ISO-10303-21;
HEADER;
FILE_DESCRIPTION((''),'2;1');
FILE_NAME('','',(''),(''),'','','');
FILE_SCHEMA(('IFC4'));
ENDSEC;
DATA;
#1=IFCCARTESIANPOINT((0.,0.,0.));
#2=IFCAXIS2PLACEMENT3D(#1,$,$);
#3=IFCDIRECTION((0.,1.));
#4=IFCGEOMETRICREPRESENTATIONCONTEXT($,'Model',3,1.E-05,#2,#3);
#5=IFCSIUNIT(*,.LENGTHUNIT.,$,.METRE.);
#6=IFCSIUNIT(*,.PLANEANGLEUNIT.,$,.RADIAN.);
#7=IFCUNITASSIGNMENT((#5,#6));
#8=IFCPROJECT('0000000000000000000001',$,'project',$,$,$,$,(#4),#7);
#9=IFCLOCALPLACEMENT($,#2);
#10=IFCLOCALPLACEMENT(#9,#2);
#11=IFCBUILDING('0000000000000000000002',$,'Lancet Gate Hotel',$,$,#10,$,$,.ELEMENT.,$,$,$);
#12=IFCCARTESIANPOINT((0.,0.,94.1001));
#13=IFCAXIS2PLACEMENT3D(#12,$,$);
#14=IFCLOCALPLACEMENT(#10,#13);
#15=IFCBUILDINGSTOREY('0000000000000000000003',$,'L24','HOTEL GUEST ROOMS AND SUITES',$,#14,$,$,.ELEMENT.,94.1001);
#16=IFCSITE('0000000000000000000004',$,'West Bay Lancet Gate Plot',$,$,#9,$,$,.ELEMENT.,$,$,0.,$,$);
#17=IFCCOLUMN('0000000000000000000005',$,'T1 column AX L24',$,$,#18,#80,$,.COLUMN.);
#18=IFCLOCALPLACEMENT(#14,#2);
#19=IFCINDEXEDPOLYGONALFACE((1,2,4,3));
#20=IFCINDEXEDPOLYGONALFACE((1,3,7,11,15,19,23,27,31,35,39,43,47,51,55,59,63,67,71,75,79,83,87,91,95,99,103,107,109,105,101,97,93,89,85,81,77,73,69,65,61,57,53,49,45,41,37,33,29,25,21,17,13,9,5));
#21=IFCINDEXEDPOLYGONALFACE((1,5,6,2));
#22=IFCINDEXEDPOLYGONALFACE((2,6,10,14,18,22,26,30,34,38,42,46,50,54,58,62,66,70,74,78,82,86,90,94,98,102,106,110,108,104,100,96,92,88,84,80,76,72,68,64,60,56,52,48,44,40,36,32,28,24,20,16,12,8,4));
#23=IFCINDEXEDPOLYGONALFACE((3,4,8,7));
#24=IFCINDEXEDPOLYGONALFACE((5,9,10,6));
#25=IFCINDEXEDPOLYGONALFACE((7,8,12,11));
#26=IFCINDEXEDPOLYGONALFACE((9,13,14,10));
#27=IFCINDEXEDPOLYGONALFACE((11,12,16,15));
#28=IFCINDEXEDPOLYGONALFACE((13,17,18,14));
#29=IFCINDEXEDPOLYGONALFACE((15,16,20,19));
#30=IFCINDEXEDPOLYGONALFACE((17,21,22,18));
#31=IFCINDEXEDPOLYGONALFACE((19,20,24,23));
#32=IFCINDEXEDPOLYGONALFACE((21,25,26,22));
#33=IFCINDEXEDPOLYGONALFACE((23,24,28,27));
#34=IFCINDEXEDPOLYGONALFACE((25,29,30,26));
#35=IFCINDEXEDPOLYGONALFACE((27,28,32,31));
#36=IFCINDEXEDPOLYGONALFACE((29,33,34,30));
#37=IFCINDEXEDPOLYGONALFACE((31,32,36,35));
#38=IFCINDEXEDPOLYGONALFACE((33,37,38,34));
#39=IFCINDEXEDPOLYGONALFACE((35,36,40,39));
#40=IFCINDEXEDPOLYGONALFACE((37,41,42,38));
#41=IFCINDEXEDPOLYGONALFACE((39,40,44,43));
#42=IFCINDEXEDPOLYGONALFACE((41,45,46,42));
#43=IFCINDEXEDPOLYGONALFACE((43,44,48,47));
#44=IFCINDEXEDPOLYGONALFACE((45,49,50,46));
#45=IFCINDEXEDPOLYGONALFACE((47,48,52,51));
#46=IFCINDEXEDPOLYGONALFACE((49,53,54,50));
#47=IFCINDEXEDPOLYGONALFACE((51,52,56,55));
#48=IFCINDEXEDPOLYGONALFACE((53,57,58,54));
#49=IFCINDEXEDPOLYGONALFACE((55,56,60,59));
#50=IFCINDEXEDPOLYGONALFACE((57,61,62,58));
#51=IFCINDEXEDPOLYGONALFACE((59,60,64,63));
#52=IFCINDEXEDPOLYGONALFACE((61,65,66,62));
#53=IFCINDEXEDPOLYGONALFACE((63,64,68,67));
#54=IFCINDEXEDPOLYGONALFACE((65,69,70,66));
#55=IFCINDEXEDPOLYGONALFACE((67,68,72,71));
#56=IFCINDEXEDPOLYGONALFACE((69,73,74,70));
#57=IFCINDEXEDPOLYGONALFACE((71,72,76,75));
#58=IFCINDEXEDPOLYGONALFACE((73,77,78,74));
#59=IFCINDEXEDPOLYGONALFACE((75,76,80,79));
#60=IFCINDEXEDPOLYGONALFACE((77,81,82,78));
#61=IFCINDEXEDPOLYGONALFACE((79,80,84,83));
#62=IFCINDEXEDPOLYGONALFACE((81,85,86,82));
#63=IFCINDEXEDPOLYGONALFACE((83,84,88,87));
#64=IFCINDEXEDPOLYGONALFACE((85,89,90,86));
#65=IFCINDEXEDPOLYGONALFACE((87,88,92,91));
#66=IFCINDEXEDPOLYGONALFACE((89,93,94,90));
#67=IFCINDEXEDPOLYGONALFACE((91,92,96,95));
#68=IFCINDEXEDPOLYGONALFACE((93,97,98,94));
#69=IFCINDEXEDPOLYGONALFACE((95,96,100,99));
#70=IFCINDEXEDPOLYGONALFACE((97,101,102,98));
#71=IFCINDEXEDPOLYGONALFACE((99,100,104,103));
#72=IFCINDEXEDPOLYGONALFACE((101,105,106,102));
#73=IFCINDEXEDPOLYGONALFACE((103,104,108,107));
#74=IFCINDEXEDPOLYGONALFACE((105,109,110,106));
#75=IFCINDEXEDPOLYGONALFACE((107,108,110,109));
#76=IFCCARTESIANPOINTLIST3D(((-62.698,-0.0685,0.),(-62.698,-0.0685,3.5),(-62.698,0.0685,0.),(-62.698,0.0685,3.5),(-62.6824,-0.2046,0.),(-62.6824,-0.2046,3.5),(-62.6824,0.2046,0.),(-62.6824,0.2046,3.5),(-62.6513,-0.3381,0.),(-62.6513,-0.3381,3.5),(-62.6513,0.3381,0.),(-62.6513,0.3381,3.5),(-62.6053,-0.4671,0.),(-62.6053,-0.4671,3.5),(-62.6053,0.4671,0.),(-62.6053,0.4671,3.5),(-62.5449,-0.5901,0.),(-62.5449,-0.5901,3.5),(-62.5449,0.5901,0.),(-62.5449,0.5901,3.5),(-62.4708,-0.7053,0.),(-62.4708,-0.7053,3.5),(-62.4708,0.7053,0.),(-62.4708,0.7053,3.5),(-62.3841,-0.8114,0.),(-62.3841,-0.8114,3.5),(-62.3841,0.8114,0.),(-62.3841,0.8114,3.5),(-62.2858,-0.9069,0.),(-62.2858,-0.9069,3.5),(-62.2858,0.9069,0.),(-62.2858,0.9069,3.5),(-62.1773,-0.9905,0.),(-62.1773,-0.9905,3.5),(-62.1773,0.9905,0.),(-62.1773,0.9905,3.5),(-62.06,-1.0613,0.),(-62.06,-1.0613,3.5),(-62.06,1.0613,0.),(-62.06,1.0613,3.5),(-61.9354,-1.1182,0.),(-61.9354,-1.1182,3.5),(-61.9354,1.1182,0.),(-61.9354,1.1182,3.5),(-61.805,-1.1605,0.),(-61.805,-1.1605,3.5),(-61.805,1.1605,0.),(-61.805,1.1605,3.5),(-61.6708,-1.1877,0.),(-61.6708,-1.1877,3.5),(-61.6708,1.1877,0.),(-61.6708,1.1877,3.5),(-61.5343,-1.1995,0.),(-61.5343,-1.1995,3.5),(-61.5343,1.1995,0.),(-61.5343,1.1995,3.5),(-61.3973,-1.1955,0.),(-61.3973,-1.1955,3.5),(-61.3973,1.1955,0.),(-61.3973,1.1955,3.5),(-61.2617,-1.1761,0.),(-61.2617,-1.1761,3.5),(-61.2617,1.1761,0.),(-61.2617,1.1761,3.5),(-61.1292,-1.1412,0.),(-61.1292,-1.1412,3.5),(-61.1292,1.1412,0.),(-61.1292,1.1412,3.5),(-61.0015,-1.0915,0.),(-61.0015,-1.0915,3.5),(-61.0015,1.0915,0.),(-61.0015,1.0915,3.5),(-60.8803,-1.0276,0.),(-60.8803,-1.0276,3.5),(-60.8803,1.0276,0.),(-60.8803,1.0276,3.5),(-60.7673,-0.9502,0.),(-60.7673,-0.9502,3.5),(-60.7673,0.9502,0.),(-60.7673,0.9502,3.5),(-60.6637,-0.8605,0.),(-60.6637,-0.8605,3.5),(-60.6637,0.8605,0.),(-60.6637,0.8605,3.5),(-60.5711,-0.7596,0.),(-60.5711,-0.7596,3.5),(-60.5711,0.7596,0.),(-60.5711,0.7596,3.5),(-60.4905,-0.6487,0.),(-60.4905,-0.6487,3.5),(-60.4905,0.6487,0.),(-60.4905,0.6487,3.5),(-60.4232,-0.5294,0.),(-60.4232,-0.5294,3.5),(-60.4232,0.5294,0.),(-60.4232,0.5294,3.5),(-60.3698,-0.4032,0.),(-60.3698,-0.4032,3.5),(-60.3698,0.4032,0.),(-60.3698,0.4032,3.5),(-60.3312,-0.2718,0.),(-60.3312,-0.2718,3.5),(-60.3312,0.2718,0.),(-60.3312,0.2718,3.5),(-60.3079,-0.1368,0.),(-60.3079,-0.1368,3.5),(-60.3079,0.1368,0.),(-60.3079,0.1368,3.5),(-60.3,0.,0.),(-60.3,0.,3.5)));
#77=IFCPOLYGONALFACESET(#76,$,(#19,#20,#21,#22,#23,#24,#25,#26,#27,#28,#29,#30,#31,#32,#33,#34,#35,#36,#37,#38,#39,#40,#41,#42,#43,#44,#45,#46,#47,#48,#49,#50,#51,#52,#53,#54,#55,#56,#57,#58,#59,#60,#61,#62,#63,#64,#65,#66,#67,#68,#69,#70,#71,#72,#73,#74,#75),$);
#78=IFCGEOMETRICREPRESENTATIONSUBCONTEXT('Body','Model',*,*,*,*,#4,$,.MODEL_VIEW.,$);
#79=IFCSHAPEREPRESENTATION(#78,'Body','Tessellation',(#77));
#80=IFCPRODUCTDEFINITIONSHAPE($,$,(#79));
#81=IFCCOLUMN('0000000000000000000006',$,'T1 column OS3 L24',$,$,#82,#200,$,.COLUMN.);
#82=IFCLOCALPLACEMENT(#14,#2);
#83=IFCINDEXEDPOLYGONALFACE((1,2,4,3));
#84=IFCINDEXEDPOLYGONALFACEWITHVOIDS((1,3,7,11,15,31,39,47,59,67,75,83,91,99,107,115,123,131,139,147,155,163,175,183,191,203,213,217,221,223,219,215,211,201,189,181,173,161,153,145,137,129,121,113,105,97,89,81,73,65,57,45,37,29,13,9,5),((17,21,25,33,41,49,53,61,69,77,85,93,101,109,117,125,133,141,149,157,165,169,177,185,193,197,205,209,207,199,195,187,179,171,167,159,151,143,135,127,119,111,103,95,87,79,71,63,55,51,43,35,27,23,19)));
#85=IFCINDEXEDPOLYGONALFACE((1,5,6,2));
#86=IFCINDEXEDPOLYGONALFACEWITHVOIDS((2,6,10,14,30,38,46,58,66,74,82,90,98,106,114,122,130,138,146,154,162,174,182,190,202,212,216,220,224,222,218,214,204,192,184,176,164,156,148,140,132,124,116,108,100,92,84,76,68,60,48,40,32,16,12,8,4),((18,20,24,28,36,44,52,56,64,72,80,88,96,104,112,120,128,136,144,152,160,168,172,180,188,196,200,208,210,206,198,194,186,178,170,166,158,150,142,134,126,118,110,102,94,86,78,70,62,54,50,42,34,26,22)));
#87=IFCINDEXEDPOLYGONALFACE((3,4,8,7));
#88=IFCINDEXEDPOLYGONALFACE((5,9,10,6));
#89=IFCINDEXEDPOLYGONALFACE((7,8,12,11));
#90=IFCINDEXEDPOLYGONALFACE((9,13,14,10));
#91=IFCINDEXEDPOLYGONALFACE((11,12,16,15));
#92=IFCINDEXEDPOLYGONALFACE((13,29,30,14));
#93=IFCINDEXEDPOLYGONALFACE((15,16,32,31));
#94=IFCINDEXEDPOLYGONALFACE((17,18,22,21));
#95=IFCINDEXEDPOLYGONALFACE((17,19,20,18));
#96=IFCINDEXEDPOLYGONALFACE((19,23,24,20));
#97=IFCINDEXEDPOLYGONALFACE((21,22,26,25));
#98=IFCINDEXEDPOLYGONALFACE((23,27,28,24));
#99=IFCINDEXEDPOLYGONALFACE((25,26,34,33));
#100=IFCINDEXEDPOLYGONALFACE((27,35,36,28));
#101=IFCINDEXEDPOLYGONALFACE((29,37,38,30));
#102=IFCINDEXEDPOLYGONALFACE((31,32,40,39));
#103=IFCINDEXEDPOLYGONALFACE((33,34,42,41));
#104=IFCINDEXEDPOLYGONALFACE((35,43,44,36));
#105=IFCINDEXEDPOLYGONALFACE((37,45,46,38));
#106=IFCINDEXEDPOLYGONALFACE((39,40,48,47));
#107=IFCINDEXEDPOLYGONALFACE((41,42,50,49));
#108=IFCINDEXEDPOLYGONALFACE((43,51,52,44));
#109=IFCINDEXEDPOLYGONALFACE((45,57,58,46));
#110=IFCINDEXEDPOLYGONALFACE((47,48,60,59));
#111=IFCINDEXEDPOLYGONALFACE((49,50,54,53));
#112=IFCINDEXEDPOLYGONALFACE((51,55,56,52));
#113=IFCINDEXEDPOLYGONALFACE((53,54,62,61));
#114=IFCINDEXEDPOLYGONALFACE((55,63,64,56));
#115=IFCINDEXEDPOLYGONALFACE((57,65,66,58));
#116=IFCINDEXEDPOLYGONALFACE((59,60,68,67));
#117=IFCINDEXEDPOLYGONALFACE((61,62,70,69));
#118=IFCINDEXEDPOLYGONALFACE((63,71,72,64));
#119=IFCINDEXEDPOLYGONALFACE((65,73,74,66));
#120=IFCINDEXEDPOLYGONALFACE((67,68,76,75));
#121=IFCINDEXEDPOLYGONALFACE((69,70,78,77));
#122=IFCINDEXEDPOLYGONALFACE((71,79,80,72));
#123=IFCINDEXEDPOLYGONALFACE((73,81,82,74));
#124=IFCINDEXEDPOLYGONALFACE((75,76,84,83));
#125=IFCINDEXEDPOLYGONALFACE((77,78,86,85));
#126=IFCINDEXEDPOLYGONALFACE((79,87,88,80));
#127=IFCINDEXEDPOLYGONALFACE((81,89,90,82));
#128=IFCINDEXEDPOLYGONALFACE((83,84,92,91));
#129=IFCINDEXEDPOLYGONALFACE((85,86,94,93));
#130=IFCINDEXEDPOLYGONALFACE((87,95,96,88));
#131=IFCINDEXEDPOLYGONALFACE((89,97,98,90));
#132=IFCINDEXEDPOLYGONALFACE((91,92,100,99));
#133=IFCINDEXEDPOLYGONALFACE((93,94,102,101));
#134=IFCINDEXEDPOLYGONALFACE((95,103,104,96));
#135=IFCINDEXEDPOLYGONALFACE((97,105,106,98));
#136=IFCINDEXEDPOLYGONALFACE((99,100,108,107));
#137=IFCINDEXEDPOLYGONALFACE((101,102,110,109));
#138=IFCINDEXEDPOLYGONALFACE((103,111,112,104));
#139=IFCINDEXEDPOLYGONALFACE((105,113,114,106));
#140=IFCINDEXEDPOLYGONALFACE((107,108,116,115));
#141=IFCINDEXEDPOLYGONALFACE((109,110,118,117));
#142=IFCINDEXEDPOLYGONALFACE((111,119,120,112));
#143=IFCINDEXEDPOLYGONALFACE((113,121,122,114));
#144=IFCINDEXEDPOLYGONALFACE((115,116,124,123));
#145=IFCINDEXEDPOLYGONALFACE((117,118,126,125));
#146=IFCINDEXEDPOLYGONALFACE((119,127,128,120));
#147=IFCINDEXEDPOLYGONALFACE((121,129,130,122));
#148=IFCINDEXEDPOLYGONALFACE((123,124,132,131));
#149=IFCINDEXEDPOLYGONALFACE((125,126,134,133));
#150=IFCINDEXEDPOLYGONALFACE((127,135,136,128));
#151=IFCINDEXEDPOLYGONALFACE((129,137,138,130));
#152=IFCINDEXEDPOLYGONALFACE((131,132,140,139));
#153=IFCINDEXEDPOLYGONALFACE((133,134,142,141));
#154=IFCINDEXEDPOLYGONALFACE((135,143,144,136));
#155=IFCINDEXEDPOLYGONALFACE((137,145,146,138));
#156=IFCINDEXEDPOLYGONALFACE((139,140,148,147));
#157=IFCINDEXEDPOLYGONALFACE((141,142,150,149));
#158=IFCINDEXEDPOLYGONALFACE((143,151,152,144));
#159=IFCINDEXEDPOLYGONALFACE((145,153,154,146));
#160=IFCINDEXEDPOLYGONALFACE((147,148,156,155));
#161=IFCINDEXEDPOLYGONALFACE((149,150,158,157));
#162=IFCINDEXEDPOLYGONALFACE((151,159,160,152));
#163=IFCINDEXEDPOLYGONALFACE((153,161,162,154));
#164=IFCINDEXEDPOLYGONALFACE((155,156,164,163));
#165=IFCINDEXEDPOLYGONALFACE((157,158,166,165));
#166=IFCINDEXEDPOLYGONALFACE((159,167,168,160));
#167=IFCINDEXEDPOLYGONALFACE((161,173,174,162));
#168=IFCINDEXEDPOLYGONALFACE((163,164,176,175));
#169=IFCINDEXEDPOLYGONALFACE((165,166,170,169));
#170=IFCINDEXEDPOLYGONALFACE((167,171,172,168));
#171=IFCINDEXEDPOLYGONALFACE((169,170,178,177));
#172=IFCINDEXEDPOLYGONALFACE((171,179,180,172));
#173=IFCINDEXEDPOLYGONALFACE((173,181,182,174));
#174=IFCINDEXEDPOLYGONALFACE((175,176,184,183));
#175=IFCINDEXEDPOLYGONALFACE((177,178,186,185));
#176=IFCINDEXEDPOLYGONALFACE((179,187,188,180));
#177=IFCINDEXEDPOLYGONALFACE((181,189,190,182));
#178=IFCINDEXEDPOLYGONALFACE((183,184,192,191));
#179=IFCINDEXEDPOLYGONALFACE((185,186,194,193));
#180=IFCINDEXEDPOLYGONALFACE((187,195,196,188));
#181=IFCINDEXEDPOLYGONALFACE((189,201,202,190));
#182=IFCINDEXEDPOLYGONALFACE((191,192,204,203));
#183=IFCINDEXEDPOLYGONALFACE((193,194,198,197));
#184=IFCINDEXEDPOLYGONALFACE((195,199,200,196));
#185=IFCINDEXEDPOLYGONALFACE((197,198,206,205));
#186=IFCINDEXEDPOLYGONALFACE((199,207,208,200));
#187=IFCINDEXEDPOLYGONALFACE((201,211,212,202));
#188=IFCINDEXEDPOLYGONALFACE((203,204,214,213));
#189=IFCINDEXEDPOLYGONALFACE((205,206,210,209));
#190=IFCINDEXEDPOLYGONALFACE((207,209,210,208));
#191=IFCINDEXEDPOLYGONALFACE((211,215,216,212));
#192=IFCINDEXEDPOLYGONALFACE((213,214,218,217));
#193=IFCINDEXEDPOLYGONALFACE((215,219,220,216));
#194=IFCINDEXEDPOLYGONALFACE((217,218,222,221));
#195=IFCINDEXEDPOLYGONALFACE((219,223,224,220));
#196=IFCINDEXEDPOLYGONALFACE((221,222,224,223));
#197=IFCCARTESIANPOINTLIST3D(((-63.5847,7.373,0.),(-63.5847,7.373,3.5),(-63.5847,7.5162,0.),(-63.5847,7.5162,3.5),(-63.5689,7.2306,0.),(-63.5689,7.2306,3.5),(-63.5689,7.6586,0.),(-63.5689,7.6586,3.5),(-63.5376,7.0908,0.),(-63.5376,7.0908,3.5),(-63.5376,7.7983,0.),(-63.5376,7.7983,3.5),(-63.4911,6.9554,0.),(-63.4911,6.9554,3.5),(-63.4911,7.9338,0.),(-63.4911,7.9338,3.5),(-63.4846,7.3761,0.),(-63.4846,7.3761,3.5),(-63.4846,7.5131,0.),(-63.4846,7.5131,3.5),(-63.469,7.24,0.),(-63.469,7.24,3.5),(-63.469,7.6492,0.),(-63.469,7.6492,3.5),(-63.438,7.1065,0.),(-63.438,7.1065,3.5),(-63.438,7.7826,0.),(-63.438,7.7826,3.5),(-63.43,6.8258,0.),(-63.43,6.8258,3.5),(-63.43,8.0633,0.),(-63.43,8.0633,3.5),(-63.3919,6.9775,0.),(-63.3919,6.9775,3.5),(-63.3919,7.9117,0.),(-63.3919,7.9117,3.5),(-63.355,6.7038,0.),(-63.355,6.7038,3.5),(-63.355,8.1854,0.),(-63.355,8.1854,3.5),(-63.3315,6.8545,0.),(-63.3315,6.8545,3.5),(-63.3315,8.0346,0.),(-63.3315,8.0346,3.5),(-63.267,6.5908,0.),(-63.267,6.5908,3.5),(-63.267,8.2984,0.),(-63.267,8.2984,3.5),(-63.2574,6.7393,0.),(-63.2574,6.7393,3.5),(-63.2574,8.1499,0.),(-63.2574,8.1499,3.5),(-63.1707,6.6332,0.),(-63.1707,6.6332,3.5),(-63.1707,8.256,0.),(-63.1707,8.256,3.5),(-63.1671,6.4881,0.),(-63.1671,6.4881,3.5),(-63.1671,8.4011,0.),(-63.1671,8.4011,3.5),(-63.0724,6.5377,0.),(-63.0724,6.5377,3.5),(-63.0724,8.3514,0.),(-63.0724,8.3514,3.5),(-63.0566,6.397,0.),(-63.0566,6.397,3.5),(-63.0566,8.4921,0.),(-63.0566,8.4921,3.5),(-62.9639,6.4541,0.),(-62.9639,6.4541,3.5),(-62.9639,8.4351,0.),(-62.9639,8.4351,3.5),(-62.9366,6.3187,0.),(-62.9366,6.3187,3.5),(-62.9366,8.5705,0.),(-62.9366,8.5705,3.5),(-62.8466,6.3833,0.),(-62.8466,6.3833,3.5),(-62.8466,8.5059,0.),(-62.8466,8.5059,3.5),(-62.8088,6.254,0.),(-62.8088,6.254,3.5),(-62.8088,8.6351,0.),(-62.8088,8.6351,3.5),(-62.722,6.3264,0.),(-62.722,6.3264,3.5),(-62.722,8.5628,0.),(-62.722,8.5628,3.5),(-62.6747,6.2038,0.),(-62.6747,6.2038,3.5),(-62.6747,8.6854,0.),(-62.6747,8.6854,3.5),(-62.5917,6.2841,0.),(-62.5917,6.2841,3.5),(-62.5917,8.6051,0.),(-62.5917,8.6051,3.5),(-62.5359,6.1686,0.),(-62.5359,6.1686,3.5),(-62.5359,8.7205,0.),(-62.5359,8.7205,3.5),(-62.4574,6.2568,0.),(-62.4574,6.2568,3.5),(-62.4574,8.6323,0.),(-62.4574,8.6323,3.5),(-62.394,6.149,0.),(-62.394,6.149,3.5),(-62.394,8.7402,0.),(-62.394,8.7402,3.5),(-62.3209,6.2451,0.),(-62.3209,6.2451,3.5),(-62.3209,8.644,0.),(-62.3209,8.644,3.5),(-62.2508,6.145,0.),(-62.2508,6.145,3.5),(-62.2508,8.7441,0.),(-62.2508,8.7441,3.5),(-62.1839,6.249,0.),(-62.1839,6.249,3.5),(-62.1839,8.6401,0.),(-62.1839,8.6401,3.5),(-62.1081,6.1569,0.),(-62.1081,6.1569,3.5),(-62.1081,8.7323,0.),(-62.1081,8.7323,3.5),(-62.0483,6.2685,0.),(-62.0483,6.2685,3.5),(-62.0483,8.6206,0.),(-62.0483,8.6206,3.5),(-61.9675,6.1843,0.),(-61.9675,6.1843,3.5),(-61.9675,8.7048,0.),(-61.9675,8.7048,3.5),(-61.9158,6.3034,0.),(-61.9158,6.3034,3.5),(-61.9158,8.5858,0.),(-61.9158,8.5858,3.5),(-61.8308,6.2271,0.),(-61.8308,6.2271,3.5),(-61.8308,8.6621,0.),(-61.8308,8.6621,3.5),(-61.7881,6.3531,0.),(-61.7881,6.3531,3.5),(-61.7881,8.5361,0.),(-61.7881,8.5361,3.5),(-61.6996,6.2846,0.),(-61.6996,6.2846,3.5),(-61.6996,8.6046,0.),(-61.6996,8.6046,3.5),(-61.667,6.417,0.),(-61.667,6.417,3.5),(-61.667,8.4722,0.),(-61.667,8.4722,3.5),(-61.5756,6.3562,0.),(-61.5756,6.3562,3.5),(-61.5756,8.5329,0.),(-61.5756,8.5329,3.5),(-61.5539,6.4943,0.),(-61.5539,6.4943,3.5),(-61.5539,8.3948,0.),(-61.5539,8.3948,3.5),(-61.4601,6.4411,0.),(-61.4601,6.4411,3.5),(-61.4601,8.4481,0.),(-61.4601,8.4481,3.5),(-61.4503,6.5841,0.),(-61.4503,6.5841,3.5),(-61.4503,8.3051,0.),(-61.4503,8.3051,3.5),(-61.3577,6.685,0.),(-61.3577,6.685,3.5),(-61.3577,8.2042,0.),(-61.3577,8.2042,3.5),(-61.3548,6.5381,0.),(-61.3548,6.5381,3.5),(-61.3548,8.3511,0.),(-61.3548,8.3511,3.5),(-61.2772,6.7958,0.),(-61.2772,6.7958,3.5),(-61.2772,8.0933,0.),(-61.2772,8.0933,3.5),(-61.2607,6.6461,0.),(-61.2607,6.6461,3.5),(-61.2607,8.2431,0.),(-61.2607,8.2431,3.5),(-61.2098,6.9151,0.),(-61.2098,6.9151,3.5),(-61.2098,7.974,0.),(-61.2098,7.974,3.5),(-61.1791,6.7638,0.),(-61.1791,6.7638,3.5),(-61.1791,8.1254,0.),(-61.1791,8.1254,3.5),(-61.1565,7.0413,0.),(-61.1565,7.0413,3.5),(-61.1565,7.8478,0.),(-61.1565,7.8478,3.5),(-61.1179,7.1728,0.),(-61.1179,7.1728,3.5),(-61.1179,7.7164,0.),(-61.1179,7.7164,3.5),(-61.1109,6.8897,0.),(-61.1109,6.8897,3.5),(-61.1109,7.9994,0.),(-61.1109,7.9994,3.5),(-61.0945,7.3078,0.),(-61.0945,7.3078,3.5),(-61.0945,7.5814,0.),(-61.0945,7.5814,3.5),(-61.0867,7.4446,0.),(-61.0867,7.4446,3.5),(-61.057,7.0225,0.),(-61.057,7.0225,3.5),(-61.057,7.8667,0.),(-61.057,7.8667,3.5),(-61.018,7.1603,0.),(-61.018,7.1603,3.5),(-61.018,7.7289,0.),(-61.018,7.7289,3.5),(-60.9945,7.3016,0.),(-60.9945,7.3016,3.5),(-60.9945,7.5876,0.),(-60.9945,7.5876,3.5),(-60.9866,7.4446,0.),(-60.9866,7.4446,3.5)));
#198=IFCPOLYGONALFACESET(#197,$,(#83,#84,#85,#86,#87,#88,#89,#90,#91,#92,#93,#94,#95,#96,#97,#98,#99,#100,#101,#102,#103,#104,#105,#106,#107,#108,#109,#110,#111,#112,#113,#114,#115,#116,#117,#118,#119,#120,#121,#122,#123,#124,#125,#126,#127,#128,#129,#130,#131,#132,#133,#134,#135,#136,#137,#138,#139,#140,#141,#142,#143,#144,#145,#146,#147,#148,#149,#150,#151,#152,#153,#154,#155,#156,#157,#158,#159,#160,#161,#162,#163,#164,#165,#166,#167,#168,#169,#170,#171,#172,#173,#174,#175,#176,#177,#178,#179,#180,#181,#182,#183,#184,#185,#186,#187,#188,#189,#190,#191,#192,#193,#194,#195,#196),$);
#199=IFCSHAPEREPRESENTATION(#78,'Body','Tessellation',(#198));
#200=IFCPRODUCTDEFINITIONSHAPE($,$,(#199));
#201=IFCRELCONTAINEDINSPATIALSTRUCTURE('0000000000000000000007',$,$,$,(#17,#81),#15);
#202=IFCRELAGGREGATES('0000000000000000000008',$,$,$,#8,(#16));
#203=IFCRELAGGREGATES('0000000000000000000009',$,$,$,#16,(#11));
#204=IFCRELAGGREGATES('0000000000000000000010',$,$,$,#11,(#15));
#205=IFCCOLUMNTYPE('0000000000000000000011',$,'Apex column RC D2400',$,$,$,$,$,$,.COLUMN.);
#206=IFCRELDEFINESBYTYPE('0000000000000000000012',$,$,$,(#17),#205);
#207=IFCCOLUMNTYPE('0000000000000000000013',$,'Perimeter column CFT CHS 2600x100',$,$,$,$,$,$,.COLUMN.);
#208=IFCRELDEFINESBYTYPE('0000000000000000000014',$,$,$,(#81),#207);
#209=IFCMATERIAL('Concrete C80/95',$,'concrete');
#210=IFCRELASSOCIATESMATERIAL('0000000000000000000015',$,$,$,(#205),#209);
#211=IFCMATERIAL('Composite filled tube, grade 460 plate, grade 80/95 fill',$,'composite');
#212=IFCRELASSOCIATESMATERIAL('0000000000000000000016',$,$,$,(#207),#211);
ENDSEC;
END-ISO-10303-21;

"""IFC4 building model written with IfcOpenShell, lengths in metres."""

from ifc_helpers import new_model, si_unit, direction, frame, origin, origin_2d, place, context, subcontext, project, spatial, circle, hollow_circle, extrude, material, material_profile, profile_set, type_object, element, save


model = new_model("IFC4")

# Units and contexts
model_context = context("Model", 3, precision=1e-05, world=origin(), true_north=direction((0.0, 1.0)))
body_context = subcontext(model_context, "Body", "Model", "MODEL_VIEW")
ifc_project = project(units=[si_unit("LENGTHUNIT", "METRE"), si_unit("PLANEANGLEUNIT", "RADIAN")], contexts=[model_context])

# Site, building, storey
site_placement = place(None, origin())
site = spatial("IfcSite", under=ifc_project, at=site_placement, Name="West Bay Lancet Gate Plot", CompositionType="ELEMENT", RefElevation=0.0)
building_placement = place(site_placement, origin())
building = spatial("IfcBuilding", under=site, at=building_placement, Name="Lancet Gate Hotel", CompositionType="ELEMENT")
storey_placement = place(building_placement, frame((0.0, 0.0, 94.1001)))
storey = spatial("IfcBuildingStorey", under=building, at=storey_placement, Name="L24", Description="HOTEL GUEST ROOMS AND SUITES", CompositionType="ELEMENT", Elevation=94.1001)

# Columns
ifc_material_1 = material(Name="Concrete C80/95", Category="concrete")
ifc_material_profile_1 = material_profile(ifc_material_1, circle(Radius=1.2, at=origin_2d()), Name="RC D2400")
ifc_profile_set_1 = profile_set([ifc_material_profile_1], Name="Concrete C80/95")
column_type_1 = type_object("IfcColumnType", Name="Apex column RC D2400", PredefinedType="COLUMN", material=ifc_profile_set_1)
column_1_placement = place(storey_placement, frame((-61.5, 0.0, 0.0), z_axis=(0.0, 0.0, 1.0), x_axis=(1.0, 0.0, 0.0)))
element("IfcColumn", 1, at=column_1_placement, inside=storey, type_object=column_type_1, Name="T1 column AX L24", PredefinedType="COLUMN", context=body_context, shape_type="SweptSolid", body=[
    extrude(circle(Radius=1.2, at=origin_2d()), origin(), (0.0, 0.0, 1.0), 3.5),
])
ifc_material_2 = material(Name="Composite filled tube, grade 460 plate, grade 80/95 fill", Category="composite")
ifc_material_profile_2 = material_profile(ifc_material_2, hollow_circle(Radius=1.3, WallThickness=0.1001, at=origin_2d()), Name="CHS 2600x100")
ifc_profile_set_2 = profile_set([ifc_material_profile_2], Name="Composite filled tube, grade 460 plate, grade 80/95 fill")
column_type_2 = type_object("IfcColumnType", Name="Perimeter column CFT CHS 2600x100", PredefinedType="COLUMN", material=ifc_profile_set_2)
column_2_placement = place(storey_placement, frame((-62.2866, 7.4446, 0.0), z_axis=(0.0, 0.0, 1.0), x_axis=(1.0, 0.0, 0.0)))
element("IfcColumn", 2, at=column_2_placement, inside=storey, type_object=column_type_2, Name="T1 column OS3 L24", PredefinedType="COLUMN", context=body_context, shape_type="SweptSolid", body=[
    extrude(hollow_circle(Radius=1.3, WallThickness=0.1001, at=origin_2d()), origin(), (0.0, 0.0, 1.0), 3.5),
])

save(model, "model.ifc")
